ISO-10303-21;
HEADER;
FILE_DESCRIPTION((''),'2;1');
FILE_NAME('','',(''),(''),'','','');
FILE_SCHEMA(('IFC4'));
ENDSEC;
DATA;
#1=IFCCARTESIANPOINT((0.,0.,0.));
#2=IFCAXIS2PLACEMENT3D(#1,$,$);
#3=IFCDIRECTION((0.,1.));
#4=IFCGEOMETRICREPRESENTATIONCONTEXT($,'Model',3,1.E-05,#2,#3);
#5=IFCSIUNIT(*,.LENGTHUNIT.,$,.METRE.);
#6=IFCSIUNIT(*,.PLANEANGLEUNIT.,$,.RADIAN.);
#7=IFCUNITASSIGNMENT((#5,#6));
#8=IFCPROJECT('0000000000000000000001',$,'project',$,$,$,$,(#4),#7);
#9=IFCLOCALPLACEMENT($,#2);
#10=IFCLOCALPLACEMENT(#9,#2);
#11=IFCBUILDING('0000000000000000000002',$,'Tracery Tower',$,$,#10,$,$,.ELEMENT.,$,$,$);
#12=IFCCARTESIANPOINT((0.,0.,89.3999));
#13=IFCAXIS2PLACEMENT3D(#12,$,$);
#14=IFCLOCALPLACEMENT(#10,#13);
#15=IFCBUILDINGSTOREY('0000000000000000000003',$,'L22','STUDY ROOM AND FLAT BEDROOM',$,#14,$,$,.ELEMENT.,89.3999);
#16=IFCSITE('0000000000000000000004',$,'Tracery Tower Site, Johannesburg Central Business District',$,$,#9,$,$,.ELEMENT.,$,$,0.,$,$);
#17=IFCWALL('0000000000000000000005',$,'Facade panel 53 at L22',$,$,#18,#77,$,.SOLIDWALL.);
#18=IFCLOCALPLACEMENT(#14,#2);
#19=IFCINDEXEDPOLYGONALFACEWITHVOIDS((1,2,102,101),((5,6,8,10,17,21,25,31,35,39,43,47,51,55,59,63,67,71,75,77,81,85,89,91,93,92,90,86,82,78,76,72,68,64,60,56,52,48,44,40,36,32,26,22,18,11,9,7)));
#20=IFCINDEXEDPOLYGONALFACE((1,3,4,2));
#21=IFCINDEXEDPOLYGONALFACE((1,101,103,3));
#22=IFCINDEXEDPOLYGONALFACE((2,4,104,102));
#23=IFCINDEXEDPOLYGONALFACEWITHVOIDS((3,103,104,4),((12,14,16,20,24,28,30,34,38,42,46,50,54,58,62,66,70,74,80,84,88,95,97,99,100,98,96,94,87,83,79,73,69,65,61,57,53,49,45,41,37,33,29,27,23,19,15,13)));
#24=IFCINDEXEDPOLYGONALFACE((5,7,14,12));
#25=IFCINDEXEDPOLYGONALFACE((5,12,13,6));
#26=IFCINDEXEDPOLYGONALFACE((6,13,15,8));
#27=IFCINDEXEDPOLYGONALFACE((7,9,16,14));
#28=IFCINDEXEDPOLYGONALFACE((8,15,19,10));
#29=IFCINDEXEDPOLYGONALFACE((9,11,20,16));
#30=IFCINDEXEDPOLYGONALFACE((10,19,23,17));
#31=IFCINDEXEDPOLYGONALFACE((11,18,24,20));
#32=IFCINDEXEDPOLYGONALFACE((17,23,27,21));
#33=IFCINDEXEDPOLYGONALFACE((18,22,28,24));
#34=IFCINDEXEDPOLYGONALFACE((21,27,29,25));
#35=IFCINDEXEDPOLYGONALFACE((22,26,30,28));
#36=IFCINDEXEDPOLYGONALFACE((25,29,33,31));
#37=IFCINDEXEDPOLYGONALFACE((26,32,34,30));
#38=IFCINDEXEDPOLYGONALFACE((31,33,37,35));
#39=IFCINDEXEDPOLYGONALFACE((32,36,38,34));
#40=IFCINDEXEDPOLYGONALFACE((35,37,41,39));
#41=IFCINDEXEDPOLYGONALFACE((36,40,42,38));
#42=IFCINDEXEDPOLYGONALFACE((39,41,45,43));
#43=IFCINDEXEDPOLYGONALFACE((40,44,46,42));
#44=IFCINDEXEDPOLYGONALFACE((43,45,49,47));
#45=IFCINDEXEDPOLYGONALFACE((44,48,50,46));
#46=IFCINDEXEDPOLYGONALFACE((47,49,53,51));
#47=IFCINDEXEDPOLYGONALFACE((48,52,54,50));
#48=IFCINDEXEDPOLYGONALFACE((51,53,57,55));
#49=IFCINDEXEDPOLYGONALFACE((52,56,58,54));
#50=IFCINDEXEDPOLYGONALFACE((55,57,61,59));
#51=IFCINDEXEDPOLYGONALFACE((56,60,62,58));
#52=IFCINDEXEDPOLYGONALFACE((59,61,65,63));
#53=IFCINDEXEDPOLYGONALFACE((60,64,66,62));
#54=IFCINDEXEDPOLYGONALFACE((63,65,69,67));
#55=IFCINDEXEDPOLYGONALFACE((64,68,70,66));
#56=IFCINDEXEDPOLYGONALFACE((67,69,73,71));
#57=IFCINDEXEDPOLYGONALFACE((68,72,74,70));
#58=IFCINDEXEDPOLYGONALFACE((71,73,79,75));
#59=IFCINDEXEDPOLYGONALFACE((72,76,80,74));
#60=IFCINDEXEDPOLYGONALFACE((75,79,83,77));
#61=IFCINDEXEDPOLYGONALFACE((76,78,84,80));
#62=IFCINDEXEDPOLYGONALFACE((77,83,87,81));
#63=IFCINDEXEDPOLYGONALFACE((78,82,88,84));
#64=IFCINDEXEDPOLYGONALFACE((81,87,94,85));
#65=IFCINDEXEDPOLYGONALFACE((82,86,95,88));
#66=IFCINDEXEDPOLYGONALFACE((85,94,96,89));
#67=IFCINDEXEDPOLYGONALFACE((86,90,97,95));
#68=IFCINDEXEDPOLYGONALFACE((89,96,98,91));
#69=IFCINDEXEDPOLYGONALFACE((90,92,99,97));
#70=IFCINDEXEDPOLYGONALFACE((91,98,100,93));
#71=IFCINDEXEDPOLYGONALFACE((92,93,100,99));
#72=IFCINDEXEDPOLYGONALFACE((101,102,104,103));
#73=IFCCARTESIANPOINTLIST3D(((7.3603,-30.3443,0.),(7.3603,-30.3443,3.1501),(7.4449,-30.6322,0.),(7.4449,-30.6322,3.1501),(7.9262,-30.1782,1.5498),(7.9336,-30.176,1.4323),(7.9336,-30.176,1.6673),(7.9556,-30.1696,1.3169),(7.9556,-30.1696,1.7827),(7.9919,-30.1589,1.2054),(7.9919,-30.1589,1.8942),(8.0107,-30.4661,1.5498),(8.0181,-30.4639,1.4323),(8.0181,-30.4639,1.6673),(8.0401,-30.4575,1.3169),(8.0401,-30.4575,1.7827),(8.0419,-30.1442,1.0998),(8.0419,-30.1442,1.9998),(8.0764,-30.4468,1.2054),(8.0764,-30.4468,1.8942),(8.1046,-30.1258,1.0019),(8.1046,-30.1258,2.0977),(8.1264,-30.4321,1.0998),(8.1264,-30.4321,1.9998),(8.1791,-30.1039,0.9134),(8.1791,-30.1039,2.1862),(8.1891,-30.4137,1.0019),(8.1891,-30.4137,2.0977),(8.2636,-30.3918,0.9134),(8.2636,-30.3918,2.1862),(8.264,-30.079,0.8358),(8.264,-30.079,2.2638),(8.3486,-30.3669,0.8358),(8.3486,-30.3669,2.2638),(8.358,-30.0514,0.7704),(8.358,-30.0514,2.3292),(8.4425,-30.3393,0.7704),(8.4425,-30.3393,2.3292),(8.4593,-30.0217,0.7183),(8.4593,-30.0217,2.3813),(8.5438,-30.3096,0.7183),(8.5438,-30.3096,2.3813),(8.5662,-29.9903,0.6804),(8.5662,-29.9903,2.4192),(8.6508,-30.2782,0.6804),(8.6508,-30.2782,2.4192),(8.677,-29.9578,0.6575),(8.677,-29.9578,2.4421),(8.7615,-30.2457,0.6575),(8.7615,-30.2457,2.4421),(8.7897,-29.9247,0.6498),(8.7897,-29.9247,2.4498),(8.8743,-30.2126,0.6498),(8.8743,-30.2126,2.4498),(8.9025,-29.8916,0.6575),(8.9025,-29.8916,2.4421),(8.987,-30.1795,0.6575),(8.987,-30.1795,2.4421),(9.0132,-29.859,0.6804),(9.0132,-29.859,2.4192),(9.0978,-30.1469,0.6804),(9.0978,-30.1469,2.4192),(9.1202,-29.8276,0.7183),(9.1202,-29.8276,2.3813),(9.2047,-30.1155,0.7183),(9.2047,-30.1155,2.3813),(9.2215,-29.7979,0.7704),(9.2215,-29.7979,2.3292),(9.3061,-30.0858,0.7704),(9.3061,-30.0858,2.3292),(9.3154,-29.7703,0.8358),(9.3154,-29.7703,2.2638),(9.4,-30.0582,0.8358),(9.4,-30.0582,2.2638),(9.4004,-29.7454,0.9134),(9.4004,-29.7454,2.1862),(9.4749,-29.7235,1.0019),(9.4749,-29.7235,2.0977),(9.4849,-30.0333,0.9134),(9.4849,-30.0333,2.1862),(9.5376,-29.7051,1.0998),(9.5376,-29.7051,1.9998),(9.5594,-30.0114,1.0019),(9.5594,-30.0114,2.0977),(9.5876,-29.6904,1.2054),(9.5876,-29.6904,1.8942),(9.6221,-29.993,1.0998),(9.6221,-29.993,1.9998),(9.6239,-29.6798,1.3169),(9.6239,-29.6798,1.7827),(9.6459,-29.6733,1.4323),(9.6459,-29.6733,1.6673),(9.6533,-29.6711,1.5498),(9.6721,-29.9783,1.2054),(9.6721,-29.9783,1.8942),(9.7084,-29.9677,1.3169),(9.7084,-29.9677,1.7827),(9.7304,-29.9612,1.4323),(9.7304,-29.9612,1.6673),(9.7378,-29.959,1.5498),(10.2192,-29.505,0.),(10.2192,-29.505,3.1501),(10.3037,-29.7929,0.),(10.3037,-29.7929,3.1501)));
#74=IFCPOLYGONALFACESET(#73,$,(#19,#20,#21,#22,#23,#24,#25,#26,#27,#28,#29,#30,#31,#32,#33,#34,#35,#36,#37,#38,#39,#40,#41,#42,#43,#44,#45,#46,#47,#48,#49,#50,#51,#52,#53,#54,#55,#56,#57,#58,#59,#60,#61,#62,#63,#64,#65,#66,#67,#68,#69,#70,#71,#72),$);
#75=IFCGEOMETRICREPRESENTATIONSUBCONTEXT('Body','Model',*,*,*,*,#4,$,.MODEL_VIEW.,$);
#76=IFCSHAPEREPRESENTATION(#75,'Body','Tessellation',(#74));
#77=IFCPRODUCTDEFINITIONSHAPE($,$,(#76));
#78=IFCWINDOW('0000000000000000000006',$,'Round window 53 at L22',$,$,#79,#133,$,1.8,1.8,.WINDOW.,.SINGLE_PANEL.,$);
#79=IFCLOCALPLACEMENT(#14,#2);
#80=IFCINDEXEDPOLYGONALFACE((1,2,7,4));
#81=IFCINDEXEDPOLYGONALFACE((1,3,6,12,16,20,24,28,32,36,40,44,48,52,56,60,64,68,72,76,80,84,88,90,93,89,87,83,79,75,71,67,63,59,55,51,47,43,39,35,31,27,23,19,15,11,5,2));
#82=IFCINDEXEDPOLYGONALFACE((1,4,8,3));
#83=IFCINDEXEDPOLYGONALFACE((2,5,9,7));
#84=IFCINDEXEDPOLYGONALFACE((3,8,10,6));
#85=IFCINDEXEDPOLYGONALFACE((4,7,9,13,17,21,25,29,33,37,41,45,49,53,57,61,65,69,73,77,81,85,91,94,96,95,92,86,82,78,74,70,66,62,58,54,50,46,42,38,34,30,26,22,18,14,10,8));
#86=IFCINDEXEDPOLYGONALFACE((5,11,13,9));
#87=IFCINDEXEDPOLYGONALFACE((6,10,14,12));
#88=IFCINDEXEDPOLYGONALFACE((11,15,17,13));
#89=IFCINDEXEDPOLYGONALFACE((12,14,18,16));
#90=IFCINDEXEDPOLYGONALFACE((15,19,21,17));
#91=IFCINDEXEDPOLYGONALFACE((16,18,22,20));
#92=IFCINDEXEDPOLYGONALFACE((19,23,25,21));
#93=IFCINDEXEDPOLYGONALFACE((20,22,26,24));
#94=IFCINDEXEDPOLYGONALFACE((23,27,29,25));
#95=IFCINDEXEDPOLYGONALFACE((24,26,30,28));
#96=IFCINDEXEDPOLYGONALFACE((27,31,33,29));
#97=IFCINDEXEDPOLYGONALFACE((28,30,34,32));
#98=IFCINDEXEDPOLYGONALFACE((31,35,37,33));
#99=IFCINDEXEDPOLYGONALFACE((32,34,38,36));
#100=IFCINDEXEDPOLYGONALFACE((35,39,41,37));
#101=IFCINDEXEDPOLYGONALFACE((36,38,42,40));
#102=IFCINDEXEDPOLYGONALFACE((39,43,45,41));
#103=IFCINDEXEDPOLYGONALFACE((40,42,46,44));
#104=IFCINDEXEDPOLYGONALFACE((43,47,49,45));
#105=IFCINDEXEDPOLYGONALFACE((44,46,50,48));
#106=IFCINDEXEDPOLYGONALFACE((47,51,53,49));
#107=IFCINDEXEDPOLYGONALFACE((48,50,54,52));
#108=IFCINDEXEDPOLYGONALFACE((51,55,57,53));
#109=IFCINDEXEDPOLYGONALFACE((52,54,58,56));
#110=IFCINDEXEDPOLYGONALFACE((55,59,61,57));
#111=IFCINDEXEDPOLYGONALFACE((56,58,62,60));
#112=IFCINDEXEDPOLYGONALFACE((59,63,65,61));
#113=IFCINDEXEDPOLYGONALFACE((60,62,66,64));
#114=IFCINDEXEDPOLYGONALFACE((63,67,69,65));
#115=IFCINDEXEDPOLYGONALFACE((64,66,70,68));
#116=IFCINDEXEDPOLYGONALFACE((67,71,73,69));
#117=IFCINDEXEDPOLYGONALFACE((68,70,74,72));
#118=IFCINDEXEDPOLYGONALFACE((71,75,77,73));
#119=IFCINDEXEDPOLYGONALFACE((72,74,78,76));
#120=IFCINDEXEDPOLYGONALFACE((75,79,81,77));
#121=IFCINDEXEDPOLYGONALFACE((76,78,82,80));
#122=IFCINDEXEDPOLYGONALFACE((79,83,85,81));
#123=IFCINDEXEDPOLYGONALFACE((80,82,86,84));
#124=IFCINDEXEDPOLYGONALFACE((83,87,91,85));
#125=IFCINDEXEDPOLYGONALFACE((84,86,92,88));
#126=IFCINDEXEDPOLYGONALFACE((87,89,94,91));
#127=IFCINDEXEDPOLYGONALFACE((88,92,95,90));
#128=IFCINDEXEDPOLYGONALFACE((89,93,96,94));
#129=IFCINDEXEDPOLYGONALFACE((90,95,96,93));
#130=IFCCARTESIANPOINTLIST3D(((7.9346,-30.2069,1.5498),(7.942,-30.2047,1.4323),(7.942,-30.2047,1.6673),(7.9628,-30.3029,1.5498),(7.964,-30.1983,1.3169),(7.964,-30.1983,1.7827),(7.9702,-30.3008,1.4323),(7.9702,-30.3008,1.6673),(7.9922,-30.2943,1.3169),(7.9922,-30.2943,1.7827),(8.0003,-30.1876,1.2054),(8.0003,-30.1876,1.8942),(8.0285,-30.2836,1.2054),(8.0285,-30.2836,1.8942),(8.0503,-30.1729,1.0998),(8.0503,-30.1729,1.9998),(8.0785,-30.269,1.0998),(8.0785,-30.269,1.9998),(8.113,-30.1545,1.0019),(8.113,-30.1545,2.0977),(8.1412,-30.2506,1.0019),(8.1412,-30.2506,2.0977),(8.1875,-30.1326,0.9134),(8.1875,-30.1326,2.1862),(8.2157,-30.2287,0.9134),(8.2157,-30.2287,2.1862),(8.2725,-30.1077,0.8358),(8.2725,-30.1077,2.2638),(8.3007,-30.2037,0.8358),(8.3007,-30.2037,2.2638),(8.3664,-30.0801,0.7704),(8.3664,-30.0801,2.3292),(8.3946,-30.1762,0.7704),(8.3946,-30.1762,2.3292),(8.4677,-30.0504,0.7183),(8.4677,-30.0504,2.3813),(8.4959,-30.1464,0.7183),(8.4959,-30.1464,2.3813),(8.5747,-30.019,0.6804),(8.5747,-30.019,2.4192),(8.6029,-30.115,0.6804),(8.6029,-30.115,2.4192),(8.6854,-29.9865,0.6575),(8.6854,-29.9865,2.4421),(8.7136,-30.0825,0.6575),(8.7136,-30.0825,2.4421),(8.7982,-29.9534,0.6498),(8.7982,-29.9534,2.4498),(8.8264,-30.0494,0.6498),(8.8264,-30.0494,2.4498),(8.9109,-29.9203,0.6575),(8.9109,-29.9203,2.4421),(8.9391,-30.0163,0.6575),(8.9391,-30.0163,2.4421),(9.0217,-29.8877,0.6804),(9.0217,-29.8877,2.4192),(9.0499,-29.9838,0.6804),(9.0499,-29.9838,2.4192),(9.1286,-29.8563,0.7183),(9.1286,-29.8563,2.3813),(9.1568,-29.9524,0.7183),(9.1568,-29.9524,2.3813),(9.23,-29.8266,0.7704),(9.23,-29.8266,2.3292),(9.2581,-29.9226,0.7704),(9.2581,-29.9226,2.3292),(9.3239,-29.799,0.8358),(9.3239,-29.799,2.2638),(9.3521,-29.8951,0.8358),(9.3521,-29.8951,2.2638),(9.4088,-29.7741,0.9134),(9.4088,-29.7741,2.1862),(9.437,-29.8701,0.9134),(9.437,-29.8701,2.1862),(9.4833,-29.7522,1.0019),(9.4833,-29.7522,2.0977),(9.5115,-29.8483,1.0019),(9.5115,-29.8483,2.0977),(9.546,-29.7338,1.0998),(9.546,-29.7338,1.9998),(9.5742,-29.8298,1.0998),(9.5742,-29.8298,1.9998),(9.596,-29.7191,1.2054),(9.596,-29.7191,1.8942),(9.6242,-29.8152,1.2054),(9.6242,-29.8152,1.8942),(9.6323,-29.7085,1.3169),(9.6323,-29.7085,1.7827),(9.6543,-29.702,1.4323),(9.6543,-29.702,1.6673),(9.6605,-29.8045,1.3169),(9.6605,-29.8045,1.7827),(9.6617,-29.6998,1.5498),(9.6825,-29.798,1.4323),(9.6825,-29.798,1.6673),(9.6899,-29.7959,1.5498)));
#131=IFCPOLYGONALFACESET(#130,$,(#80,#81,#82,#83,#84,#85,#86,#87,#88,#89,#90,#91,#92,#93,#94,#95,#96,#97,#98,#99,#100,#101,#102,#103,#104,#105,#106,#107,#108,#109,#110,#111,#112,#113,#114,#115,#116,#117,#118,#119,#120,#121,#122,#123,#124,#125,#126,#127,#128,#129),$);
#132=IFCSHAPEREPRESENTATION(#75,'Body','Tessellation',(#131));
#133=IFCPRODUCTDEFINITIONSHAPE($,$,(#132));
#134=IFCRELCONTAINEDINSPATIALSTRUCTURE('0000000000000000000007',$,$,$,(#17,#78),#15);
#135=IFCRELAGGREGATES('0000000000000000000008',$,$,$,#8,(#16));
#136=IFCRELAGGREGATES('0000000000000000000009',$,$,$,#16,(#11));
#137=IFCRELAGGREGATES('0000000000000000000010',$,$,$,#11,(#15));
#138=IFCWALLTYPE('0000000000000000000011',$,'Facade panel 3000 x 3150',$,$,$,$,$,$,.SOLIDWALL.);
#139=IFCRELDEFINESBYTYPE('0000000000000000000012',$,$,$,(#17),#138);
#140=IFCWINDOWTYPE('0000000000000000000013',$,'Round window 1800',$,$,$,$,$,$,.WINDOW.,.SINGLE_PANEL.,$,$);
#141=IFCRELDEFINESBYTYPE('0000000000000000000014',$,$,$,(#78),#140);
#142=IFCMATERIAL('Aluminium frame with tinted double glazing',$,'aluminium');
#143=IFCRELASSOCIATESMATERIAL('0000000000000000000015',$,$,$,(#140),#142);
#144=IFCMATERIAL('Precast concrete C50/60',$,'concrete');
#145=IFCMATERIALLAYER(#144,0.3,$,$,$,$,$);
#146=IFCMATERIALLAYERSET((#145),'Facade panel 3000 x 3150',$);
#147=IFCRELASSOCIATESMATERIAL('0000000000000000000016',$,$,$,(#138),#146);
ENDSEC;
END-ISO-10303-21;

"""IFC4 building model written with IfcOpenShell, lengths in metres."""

from ifc_helpers import new_model, si_unit, direction, frame, frame_2d, origin, origin_2d, place, context, subcontext, project, spatial, rectangle, circle, extrude, material, layer, layer_set, type_object, element, fill, save


model = new_model("IFC4")

# Units and contexts
model_context = context("Model", 3, precision=1e-05, world=origin(), true_north=direction((0.0, 1.0)))
body_context = subcontext(model_context, "Body", "Model", "MODEL_VIEW")
ifc_project = project(units=[si_unit("LENGTHUNIT", "METRE"), si_unit("PLANEANGLEUNIT", "RADIAN")], contexts=[model_context])

# Site, building, storey
site_placement = place(None, origin())
site = spatial("IfcSite", under=ifc_project, at=site_placement, Name="Tracery Tower Site, Johannesburg Central Business District", CompositionType="ELEMENT", RefElevation=0.0)
building_placement = place(site_placement, origin())
building = spatial("IfcBuilding", under=site, at=building_placement, Name="Tracery Tower", CompositionType="ELEMENT")
storey_placement = place(building_placement, frame((0.0, 0.0, 89.3999)))
storey = spatial("IfcBuildingStorey", under=building, at=storey_placement, Name="L22", Description="STUDY ROOM AND FLAT BEDROOM", CompositionType="ELEMENT", Elevation=89.3999)

# Wall, opening, window
ifc_material_1 = material(Name="Aluminium frame with tinted double glazing", Category="aluminium")
window_type = type_object("IfcWindowType", Name="Round window 1800", PartitioningType="SINGLE_PANEL", PredefinedType="WINDOW", material=ifc_material_1)
ifc_material_2 = material(Name="Precast concrete C50/60", Category="concrete")
ifc_layer_1 = layer(ifc_material_2, 0.3)
ifc_layer_set_1 = layer_set([ifc_layer_1], Name="Facade panel 3000 x 3150")
wall_type_1 = type_object("IfcWallType", Name="Facade panel 3000 x 3150", PredefinedType="SOLIDWALL", material=ifc_layer_set_1)
wall_1_placement = place(storey_placement, frame((7.4026, -30.4883, 0.0), z_axis=(0.0, 0.0, 1.0), x_axis=(0.959501, 0.281705, 0.0)))
wall_1 = element("IfcWall", 1, at=wall_1_placement, inside=storey, type_object=wall_type_1, Name="Facade panel 53 at L22", PredefinedType="SOLIDWALL", context=body_context, shape_type="SweptSolid", body=[
    extrude(rectangle(XDim=2.9795, YDim=0.3, at=frame_2d((1.4897, 0.0))), origin(), (0.0, 0.0, 1.0), 3.1501),
])
opening_1_placement = place(wall_1_placement, frame((1.4897, 0.0, 1.5498)))
opening_1 = element("IfcOpeningElement", 2, at=opening_1_placement, cuts=wall_1, PredefinedType="OPENING", context=body_context, shape_type="SweptSolid", body=[
    extrude(circle(Radius=0.9, at=origin_2d()), frame((0.0, 0.1599, 0.0), z_axis=(0.0, -1.0, 0.0), x_axis=(1.0, 0.0, 0.0)), (0.0, 0.0, 1.0), 0.3201),
])
window_1_placement = place(opening_1_placement, origin())
window_1 = element("IfcWindow", 3, at=window_1_placement, inside=storey, type_object=window_type, Name="Round window 53 at L22", OverallHeight=1.8, OverallWidth=1.8, PartitioningType="SINGLE_PANEL", PredefinedType="WINDOW", context=body_context, shape_type="SweptSolid", body=[
    extrude(circle(Radius=0.9, at=origin_2d()), frame((0.0, 0.1201, 0.0), z_axis=(0.0, -1.0, 0.0), x_axis=(1.0, 0.0, 0.0)), (0.0, 0.0, 1.0), 0.1001),
])
fill(opening_1, window_1)

save(model, "model.ifc")
